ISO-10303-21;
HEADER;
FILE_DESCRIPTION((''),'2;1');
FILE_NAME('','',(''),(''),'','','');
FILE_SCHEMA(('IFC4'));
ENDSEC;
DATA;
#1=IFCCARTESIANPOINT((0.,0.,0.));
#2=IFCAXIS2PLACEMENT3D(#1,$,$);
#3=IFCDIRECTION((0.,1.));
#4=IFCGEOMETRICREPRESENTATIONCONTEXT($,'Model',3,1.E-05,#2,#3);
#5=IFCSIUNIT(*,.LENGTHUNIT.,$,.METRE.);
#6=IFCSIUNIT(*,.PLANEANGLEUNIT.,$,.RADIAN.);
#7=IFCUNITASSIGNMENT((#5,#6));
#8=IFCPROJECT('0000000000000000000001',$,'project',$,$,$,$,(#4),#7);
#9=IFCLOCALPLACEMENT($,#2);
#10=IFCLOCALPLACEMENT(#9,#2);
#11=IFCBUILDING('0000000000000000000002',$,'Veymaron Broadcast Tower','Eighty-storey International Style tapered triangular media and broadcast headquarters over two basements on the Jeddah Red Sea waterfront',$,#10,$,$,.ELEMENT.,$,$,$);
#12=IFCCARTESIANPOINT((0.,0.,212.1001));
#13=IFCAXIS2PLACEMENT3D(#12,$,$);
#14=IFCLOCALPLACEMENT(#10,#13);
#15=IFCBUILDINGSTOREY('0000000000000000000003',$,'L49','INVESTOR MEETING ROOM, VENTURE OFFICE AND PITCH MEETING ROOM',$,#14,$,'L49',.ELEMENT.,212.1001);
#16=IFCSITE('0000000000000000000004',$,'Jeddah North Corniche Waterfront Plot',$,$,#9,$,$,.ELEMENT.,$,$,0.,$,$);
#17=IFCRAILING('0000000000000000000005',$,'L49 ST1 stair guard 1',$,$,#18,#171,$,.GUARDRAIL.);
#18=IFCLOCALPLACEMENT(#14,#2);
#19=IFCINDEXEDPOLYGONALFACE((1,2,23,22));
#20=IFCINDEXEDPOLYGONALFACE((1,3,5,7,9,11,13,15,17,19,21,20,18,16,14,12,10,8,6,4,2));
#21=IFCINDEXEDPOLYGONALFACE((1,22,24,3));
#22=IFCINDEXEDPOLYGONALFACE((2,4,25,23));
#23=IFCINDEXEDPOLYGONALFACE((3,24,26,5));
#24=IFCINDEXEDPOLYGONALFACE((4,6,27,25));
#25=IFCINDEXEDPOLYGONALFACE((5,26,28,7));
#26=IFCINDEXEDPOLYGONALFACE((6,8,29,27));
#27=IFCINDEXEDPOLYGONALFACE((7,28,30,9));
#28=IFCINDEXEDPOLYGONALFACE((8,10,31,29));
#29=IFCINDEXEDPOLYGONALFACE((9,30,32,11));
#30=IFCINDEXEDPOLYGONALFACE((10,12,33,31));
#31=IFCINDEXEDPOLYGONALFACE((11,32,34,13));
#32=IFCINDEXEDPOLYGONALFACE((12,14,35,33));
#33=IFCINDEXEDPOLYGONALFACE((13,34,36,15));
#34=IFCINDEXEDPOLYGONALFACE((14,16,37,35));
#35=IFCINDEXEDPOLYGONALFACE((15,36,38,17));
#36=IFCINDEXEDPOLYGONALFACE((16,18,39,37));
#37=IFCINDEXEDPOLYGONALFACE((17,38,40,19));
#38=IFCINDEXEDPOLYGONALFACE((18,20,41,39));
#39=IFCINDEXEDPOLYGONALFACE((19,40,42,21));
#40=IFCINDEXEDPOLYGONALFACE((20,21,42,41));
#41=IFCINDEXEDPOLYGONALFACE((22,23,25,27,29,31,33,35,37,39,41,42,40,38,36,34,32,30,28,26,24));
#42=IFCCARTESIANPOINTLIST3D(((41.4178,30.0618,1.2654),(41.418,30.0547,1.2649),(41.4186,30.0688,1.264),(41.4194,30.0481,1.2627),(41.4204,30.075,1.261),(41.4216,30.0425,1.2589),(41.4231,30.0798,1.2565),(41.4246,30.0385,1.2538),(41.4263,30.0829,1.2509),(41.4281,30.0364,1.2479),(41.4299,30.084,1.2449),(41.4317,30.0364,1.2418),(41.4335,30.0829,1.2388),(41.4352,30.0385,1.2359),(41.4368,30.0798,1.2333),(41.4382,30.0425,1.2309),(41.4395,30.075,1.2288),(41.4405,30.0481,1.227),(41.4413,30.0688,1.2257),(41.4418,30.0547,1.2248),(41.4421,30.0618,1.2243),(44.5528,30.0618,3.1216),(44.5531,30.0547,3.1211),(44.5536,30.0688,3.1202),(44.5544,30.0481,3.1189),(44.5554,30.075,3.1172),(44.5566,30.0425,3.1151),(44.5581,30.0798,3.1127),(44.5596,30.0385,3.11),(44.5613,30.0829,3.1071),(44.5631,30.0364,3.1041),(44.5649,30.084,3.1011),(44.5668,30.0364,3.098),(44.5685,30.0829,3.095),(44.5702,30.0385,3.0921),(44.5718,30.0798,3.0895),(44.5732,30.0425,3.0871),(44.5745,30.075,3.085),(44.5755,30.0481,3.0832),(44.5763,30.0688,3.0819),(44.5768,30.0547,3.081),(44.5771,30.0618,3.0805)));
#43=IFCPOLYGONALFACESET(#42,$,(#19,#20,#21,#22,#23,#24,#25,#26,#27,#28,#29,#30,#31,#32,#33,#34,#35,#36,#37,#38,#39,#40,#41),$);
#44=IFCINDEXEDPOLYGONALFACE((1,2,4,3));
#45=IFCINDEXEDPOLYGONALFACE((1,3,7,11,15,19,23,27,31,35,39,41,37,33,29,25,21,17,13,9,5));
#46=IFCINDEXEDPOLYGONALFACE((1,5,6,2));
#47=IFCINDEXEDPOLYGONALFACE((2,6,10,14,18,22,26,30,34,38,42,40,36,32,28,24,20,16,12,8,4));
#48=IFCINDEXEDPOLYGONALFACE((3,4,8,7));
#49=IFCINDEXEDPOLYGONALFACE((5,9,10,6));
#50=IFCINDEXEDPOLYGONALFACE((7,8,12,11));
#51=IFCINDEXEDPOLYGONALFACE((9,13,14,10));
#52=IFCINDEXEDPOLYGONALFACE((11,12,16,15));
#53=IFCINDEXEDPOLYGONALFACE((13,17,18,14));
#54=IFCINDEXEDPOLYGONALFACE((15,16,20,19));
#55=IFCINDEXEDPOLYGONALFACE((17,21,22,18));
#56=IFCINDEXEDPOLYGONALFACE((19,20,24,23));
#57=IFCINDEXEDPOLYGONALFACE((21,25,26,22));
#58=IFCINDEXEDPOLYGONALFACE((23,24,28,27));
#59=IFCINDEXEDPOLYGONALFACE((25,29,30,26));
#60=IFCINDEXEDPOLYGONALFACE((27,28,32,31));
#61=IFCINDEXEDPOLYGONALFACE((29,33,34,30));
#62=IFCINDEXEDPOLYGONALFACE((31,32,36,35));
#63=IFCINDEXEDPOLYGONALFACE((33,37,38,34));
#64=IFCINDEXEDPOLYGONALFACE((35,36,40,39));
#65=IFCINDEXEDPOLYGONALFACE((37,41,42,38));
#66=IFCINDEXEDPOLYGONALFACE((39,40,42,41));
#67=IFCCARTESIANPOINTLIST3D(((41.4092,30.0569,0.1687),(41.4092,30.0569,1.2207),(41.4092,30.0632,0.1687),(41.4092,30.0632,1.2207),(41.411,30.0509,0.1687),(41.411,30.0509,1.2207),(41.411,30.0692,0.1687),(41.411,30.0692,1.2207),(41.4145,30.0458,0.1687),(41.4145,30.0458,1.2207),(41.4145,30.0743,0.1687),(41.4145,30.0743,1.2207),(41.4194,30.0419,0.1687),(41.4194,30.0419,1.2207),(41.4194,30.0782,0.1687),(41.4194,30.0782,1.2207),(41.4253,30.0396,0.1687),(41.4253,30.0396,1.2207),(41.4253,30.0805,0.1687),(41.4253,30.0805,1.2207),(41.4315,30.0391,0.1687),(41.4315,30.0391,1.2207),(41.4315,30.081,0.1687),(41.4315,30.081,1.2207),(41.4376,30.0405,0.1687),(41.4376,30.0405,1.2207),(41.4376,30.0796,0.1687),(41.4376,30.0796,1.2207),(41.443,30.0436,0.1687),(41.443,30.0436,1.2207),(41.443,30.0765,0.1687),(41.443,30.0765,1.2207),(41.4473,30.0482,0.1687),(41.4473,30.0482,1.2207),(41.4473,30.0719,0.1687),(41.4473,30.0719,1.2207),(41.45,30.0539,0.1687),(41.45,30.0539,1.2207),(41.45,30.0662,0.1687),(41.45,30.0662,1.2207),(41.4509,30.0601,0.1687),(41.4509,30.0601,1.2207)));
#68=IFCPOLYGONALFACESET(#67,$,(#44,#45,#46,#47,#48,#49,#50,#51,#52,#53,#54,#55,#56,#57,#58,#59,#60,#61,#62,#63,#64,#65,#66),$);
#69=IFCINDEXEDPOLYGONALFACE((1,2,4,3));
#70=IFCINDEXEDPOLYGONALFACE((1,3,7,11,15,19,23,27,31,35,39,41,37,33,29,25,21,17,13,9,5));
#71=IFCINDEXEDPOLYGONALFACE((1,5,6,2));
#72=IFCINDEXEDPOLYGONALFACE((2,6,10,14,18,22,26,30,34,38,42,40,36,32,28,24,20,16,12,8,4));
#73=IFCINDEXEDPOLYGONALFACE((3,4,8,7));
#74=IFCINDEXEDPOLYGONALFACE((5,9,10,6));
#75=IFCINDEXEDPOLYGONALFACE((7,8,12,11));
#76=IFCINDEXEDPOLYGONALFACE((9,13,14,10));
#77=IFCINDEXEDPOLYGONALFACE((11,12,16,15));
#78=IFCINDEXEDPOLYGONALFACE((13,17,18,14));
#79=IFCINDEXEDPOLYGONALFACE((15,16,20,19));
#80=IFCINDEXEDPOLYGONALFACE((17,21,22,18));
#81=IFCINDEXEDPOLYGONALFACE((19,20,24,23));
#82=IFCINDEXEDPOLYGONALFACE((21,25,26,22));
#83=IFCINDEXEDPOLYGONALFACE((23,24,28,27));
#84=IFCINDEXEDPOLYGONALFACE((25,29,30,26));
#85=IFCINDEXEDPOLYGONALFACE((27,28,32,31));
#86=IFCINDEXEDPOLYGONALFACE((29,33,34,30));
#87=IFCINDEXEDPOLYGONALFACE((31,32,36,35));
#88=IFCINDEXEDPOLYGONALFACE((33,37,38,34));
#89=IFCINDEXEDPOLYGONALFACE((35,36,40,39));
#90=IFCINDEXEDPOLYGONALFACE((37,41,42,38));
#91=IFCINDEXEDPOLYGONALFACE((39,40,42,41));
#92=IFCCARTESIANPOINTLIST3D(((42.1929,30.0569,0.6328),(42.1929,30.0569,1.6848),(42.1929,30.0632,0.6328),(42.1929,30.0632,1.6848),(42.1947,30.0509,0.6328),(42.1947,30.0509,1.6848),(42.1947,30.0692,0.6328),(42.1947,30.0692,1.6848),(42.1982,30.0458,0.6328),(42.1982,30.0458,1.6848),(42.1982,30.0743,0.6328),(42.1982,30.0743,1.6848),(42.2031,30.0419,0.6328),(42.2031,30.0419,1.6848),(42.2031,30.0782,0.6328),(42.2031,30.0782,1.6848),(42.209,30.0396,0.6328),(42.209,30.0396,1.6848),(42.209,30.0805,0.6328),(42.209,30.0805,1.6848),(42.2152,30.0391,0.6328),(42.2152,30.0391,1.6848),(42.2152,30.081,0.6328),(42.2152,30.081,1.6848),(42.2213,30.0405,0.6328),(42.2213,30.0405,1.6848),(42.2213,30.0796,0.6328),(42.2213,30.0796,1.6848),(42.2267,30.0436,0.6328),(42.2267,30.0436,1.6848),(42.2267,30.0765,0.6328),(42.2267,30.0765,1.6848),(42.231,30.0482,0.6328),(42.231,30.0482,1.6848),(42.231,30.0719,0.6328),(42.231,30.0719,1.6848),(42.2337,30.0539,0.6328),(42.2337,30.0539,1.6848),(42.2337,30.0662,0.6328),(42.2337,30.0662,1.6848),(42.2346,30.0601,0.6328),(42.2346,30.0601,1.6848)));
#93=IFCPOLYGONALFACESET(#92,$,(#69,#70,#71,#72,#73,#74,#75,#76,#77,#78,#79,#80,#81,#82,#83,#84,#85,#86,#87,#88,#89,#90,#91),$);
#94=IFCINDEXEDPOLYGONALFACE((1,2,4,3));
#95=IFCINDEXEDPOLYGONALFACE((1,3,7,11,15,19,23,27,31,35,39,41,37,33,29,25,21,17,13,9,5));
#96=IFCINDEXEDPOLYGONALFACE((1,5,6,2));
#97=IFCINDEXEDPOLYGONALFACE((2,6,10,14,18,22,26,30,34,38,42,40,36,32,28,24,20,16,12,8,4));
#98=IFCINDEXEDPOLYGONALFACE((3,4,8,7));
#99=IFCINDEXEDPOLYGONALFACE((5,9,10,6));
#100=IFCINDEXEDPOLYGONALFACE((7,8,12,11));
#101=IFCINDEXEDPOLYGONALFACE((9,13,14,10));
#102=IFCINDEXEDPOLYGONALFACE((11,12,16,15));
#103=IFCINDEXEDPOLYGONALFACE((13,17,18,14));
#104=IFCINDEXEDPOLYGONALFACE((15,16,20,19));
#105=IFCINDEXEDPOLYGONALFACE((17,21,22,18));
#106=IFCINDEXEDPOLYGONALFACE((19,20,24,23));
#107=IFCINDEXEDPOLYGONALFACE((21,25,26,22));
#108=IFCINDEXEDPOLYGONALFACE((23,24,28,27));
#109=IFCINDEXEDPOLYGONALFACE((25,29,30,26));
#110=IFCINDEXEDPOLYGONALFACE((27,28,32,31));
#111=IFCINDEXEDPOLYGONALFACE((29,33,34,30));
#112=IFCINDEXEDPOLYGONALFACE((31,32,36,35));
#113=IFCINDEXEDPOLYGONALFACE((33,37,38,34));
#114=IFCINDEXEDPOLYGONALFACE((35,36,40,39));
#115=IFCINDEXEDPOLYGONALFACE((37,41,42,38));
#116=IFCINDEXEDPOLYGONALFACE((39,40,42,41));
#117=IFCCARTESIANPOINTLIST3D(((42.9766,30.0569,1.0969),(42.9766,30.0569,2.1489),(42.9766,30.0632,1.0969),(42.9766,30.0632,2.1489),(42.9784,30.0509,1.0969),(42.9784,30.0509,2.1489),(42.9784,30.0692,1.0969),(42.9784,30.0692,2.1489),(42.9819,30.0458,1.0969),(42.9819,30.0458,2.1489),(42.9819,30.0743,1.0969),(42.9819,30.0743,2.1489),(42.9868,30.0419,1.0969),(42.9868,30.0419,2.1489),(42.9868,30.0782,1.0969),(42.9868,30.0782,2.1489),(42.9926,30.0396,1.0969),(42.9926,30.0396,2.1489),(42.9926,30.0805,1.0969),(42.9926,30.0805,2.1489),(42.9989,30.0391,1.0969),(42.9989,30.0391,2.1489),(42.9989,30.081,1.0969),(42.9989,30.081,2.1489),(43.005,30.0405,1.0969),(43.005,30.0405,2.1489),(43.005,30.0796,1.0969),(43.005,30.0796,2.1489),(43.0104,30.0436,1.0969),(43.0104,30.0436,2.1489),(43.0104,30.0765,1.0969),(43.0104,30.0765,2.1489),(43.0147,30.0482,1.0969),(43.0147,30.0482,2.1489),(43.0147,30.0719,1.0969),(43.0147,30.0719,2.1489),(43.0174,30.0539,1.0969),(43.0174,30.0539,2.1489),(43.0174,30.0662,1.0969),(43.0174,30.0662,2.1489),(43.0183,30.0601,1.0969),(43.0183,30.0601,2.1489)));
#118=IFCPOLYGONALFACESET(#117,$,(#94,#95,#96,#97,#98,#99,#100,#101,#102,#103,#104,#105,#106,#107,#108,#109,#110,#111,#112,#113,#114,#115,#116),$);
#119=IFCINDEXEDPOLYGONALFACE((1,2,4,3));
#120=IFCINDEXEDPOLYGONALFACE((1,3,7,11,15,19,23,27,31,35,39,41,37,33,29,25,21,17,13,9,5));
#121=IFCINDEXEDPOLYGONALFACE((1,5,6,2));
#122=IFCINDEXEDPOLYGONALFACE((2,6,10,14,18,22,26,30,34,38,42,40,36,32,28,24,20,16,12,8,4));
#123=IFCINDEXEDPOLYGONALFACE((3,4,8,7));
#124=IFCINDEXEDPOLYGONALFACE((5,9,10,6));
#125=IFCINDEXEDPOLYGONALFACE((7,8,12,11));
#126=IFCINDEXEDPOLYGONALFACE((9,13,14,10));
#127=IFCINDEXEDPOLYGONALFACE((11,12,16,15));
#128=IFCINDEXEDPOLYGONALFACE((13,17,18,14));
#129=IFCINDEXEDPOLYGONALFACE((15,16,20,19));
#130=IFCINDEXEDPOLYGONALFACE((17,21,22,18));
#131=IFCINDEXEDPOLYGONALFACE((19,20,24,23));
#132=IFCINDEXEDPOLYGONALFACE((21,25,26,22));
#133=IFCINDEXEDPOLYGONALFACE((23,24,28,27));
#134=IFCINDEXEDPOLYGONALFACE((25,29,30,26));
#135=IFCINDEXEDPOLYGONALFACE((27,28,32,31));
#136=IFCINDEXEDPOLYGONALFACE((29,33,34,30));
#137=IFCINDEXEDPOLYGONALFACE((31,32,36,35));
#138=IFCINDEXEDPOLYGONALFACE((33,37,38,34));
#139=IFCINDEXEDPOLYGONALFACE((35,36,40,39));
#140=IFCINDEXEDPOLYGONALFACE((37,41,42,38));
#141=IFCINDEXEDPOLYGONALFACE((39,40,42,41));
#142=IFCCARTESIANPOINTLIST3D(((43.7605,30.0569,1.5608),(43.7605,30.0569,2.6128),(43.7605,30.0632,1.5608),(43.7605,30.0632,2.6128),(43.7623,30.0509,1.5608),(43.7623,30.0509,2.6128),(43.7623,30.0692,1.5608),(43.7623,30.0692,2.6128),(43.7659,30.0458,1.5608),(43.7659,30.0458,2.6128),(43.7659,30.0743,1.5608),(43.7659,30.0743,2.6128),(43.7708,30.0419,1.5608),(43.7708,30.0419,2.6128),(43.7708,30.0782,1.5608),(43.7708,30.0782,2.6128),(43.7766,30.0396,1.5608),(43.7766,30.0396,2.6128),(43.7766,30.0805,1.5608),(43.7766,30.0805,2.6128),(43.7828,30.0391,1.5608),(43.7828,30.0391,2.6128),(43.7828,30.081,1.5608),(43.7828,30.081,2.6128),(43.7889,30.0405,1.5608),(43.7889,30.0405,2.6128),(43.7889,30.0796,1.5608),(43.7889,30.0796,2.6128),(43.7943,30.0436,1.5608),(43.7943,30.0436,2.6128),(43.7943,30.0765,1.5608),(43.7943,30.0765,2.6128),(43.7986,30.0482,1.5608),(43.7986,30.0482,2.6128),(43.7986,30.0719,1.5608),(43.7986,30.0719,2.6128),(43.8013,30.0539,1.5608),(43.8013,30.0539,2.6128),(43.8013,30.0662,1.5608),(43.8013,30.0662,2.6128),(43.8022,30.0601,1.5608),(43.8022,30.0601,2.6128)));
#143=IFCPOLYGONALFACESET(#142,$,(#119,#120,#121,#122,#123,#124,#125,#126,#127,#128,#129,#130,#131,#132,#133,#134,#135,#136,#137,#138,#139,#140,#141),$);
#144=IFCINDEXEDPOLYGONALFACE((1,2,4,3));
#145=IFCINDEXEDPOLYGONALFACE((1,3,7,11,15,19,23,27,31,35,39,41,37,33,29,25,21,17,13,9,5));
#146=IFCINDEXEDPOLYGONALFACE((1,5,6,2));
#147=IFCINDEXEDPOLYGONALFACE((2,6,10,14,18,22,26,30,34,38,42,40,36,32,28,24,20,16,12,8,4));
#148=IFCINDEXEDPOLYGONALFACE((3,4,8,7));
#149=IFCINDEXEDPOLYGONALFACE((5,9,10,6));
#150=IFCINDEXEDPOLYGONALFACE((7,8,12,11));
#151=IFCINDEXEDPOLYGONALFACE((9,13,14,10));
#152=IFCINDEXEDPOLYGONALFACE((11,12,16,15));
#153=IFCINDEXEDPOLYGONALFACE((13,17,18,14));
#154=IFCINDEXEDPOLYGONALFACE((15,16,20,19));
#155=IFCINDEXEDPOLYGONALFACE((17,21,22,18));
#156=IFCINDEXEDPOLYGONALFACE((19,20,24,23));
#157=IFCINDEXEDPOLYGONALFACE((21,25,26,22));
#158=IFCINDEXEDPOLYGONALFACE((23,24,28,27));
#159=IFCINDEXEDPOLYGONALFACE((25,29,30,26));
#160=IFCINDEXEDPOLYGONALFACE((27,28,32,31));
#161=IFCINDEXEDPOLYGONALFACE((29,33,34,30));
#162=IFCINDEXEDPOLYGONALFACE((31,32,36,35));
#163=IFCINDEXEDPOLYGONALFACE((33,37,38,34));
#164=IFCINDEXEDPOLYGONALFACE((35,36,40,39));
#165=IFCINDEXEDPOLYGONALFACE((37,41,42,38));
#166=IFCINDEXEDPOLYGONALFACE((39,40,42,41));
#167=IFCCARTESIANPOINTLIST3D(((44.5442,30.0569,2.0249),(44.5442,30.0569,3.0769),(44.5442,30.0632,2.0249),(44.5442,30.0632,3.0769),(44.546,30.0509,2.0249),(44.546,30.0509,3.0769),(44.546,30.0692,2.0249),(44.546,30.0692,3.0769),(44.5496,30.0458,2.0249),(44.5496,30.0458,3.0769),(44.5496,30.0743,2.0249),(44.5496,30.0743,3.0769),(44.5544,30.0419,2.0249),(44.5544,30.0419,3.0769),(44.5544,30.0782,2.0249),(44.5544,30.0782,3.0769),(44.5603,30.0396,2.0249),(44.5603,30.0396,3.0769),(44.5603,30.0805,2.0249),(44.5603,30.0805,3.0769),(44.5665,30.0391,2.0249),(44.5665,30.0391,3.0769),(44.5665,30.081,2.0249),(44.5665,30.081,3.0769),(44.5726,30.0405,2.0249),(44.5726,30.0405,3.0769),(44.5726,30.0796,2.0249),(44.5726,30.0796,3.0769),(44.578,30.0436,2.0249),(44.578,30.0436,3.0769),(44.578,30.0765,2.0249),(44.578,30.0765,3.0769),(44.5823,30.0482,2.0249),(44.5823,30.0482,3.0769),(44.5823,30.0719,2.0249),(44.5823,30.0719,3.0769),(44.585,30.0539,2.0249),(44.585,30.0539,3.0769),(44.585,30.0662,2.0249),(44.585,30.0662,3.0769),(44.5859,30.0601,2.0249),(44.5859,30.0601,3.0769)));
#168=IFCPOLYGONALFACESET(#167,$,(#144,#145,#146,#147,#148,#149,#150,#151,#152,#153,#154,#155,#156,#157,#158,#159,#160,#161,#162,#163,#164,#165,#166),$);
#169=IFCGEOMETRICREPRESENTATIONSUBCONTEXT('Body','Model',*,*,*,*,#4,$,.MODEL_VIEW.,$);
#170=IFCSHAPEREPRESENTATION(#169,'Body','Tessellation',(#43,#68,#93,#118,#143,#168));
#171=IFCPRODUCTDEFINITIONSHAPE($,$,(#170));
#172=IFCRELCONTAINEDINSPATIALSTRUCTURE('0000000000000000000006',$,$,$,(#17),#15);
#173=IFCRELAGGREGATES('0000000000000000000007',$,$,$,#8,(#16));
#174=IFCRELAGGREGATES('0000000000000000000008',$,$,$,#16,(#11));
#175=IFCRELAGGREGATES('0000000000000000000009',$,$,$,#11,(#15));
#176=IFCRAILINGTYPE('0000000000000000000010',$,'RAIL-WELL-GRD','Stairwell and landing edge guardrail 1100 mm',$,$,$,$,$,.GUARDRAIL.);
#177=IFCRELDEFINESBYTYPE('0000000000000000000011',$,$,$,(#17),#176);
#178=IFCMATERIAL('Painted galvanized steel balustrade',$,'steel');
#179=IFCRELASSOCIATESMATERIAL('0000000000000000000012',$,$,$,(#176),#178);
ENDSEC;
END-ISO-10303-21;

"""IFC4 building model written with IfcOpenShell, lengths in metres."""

from ifc_helpers import new_model, si_unit, direction, frame, origin, origin_2d, place, context, subcontext, project, spatial, circle, extrude, material, type_object, element, save


model = new_model("IFC4")

# Units and contexts
model_context = context("Model", 3, precision=1e-05, world=origin(), true_north=direction((0.0, 1.0)))
body_context = subcontext(model_context, "Body", "Model", "MODEL_VIEW")
ifc_project = project(units=[si_unit("LENGTHUNIT", "METRE"), si_unit("PLANEANGLEUNIT", "RADIAN")], contexts=[model_context])

# Site, building, storey
site_placement = place(None, origin())
site = spatial("IfcSite", under=ifc_project, at=site_placement, Name="Jeddah North Corniche Waterfront Plot", CompositionType="ELEMENT", RefElevation=0.0)
building_placement = place(site_placement, origin())
building = spatial("IfcBuilding", under=site, at=building_placement, Name="Veymaron Broadcast Tower", Description="Eighty-storey International Style tapered triangular media and broadcast headquarters over two basements on the Jeddah Red Sea waterfront", CompositionType="ELEMENT")
storey_placement = place(building_placement, frame((0.0, 0.0, 212.1001)))
storey = spatial("IfcBuildingStorey", under=building, at=storey_placement, Name="L49", Description="INVESTOR MEETING ROOM, VENTURE OFFICE AND PITCH MEETING ROOM", LongName="L49", CompositionType="ELEMENT", Elevation=212.1001)

# Railing
ifc_material_1 = material(Name="Painted galvanized steel balustrade", Category="steel")
railing_type_1 = type_object("IfcRailingType", Name="RAIL-WELL-GRD", Description="Stairwell and landing edge guardrail 1100 mm", PredefinedType="GUARDRAIL", material=ifc_material_1)
railing_1_placement = place(storey_placement, frame((41.4299, 30.0601, 0.1687)))
element("IfcRailing", 1, at=railing_1_placement, inside=storey, type_object=railing_type_1, Name="L49 ST1 stair guard 1", PredefinedType="GUARDRAIL", context=body_context, shape_type="SweptSolid", body=[
    extrude(circle(Radius=0.0239, at=origin_2d()), frame((0.0, 0.0, 1.0762), z_axis=(0.860482, 0.0, 0.509481), x_axis=(0.0, 1.0, 0.0)), (0.0, 0.0, 1.0), 3.6433),
    extrude(circle(Radius=0.021, at=origin_2d()), origin(), (0.0, 0.0, 1.0), 1.052),
    extrude(circle(Radius=0.021, at=origin_2d()), frame((0.7837, 0.0, 0.4641)), (0.0, 0.0, 1.0), 1.052),
    extrude(circle(Radius=0.021, at=origin_2d()), frame((1.5674, 0.0, 0.9282)), (0.0, 0.0, 1.0), 1.052),
    extrude(circle(Radius=0.021, at=origin_2d()), frame((2.3513, 0.0, 1.3921)), (0.0, 0.0, 1.0), 1.052),
    extrude(circle(Radius=0.021, at=origin_2d()), frame((3.135, 0.0, 1.8562)), (0.0, 0.0, 1.0), 1.052),
])

save(model, "model.ifc")
